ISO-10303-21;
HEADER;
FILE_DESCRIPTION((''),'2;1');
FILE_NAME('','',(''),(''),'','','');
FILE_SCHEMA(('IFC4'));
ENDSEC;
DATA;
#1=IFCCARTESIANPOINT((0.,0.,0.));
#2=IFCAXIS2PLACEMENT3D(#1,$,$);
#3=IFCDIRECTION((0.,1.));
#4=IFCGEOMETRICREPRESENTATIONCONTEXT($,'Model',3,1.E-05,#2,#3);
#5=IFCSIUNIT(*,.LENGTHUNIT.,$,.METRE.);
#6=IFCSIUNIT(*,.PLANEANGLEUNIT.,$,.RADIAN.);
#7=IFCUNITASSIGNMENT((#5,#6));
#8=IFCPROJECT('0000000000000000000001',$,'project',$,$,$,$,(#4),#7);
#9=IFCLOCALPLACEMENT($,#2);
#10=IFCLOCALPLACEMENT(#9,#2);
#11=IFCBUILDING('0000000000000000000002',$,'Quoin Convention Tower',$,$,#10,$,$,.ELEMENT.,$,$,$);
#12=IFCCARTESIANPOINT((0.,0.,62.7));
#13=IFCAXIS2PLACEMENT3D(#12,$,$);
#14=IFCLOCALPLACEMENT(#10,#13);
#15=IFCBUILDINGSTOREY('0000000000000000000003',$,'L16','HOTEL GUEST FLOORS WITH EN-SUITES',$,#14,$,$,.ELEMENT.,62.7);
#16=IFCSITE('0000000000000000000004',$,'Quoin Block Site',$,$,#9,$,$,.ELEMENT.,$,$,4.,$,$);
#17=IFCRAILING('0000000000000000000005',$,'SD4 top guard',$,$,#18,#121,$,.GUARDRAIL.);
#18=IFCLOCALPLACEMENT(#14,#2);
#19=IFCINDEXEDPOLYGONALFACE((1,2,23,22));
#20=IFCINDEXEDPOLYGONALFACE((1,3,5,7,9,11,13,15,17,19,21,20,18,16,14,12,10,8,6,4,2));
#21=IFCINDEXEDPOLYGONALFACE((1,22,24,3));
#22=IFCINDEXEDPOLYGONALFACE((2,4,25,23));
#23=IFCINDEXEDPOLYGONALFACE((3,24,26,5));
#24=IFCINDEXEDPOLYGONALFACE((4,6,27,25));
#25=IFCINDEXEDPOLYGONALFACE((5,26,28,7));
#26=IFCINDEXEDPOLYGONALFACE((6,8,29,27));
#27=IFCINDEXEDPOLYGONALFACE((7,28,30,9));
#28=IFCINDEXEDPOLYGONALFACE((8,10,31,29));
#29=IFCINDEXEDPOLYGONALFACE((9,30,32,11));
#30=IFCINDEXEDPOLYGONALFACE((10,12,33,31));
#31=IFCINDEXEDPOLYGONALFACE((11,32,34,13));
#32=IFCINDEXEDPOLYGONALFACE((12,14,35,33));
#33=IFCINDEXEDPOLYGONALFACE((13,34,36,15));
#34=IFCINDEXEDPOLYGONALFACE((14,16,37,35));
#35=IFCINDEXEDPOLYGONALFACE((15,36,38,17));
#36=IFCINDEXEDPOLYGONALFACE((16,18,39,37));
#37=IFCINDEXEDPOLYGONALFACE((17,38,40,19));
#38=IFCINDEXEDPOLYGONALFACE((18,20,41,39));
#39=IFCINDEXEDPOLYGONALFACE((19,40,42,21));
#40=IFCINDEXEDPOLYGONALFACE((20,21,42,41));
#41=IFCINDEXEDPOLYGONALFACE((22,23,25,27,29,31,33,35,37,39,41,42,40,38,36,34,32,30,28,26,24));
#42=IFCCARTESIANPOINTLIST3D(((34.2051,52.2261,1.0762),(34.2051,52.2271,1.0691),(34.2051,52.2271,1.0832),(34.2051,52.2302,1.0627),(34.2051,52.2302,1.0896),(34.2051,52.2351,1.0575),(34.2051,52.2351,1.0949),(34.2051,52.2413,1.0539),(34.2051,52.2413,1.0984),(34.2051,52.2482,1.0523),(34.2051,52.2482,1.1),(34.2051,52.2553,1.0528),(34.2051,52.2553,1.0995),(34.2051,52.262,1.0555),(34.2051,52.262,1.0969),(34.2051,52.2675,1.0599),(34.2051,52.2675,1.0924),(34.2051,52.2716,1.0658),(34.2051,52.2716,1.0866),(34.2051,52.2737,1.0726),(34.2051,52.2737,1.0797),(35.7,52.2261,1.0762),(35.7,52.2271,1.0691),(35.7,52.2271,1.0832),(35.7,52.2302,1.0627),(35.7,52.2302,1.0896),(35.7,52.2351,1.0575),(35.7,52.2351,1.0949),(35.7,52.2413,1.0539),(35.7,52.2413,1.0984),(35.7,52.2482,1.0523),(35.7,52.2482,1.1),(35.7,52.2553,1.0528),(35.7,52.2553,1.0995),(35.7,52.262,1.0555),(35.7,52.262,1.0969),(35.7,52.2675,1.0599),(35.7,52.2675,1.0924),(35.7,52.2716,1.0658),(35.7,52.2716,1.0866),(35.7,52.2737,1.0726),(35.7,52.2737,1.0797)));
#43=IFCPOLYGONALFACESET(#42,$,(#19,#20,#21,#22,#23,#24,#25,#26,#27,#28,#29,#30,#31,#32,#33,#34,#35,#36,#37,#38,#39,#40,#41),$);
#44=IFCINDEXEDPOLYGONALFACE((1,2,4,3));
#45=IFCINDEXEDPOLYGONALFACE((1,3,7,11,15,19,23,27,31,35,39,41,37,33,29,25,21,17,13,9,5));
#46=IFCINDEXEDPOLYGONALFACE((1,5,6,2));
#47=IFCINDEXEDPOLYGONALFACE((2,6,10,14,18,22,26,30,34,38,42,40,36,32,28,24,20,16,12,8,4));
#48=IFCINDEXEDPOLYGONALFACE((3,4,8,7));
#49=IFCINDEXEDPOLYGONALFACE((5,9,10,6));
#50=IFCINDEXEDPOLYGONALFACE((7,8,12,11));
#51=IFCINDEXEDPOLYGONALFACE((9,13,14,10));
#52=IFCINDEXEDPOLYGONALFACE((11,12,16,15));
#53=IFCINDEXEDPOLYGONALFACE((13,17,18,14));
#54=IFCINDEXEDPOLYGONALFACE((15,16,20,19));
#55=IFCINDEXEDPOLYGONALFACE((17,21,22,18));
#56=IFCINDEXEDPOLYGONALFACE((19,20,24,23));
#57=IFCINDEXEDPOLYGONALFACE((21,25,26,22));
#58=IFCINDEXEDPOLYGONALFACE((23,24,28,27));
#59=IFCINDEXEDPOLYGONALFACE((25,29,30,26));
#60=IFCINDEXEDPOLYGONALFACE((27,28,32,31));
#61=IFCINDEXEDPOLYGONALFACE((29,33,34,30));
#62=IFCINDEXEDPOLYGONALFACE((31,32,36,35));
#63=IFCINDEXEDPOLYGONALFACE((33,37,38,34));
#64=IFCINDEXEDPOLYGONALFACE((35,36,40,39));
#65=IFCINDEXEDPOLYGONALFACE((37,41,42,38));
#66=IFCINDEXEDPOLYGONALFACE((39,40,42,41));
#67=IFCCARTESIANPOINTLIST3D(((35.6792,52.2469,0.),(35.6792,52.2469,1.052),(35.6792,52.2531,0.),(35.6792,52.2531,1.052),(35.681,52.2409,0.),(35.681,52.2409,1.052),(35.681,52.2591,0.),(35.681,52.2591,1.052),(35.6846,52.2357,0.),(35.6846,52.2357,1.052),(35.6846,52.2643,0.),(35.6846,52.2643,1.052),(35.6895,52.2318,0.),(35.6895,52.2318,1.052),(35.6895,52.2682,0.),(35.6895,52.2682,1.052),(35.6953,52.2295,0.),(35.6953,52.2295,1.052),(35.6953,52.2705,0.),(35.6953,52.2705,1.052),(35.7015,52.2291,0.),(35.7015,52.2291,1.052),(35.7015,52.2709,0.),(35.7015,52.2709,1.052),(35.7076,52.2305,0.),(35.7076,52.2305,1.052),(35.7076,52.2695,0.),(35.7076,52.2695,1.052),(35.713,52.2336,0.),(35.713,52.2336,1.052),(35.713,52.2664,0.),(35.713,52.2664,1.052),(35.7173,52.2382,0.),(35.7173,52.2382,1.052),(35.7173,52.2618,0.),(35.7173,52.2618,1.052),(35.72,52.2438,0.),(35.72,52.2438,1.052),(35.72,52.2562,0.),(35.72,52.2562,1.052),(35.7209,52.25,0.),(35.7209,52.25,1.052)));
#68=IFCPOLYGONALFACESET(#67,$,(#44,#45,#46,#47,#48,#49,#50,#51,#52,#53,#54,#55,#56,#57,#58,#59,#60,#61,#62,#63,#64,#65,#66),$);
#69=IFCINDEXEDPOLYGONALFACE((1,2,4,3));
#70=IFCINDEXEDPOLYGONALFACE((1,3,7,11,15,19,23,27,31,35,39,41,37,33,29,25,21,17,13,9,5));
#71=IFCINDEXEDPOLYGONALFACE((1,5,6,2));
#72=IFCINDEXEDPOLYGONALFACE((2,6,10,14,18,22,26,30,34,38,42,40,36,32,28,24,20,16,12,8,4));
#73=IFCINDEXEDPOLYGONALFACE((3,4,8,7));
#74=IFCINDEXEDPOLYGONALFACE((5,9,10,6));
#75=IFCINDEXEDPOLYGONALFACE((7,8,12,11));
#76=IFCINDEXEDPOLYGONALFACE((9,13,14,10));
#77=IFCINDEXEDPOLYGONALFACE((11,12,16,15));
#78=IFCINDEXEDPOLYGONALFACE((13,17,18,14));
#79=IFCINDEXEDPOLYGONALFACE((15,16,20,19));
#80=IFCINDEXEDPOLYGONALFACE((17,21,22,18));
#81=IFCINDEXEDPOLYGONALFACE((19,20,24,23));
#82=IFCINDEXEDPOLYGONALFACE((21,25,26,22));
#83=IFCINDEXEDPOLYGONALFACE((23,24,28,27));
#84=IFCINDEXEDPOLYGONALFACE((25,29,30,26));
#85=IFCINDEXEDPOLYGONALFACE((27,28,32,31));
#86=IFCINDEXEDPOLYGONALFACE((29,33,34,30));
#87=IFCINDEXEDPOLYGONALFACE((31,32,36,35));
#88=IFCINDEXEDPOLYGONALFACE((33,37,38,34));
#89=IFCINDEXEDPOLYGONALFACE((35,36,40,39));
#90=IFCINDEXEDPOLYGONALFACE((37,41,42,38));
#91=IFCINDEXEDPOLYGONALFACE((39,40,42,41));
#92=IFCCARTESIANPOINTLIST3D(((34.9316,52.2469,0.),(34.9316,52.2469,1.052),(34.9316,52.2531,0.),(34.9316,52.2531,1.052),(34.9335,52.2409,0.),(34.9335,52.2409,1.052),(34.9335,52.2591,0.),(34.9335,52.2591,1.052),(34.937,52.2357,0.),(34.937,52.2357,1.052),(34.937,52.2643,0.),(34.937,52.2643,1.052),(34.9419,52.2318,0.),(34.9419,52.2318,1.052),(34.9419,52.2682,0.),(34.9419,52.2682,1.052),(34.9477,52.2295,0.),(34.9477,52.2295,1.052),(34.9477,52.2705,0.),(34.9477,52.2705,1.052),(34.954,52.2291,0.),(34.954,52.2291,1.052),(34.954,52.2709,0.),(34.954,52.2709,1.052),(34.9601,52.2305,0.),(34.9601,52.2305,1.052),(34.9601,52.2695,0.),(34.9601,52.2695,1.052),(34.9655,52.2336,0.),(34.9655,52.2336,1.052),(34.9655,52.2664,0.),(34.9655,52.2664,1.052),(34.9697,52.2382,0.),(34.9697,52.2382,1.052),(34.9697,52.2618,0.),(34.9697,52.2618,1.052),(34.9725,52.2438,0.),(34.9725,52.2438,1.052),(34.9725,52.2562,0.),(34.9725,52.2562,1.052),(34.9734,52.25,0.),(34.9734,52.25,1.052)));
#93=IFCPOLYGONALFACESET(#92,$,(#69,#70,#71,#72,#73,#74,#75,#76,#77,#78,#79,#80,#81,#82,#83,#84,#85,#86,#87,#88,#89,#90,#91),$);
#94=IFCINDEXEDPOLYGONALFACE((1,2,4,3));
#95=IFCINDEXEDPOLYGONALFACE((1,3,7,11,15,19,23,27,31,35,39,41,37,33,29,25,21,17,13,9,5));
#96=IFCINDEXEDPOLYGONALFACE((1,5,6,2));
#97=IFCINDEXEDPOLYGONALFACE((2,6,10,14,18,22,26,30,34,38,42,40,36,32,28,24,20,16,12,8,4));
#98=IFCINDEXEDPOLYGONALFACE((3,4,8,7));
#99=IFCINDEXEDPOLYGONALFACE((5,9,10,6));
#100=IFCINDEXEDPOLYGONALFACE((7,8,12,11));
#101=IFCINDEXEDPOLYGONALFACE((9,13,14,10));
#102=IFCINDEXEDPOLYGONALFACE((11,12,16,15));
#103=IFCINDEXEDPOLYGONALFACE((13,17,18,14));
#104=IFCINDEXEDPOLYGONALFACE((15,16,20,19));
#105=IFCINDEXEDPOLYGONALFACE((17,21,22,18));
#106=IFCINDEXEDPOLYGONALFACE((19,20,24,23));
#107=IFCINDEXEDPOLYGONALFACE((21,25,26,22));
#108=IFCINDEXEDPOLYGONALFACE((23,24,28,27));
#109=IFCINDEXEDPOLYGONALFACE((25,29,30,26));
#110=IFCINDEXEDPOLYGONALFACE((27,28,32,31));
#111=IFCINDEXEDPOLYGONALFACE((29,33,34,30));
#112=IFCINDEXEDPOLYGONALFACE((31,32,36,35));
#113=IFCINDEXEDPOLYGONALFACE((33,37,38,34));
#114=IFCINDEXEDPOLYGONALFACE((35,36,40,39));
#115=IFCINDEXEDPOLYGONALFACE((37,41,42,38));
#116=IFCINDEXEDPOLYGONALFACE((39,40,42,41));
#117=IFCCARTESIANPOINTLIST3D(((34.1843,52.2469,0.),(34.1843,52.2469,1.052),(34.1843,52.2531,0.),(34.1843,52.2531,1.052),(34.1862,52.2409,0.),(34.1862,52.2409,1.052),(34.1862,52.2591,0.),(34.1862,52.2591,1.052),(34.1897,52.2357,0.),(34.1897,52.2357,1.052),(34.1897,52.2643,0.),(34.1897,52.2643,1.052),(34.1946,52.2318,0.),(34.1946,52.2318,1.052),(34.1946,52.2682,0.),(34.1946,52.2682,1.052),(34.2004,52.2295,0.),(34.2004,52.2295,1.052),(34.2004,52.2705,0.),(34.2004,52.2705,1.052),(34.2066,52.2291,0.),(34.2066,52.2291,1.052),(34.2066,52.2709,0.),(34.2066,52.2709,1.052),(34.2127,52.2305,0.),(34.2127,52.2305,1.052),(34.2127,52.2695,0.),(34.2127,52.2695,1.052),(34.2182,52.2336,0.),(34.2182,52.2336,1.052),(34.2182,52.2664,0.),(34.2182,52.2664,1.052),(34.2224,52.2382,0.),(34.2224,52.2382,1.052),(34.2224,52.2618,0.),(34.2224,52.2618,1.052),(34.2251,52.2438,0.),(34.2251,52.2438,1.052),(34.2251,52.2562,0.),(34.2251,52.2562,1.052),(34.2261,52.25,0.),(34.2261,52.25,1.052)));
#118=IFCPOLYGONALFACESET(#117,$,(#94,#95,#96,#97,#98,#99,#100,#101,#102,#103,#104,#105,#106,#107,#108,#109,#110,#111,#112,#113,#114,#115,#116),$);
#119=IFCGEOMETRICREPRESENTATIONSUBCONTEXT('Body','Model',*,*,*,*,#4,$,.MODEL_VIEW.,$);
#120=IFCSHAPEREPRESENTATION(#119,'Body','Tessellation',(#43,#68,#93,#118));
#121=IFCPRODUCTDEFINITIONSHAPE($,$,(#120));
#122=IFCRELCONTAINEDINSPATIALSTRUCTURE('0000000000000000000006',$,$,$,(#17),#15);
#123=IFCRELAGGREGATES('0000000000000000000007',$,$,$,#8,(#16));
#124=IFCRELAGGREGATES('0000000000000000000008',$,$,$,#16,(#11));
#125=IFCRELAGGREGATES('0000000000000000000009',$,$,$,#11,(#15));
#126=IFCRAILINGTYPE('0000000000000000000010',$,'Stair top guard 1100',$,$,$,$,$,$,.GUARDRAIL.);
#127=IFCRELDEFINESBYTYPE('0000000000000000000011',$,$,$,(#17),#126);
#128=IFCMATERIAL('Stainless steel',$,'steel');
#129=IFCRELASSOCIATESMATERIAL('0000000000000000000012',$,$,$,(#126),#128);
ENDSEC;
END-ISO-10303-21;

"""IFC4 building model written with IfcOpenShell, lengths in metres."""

from ifc_helpers import new_model, si_unit, direction, frame, origin, origin_2d, place, context, subcontext, project, spatial, circle, extrude, material, type_object, element, save


model = new_model("IFC4")

# Units and contexts
model_context = context("Model", 3, precision=1e-05, world=origin(), true_north=direction((0.0, 1.0)))
body_context = subcontext(model_context, "Body", "Model", "MODEL_VIEW")
ifc_project = project(units=[si_unit("LENGTHUNIT", "METRE"), si_unit("PLANEANGLEUNIT", "RADIAN")], contexts=[model_context])

# Site, building, storey
site_placement = place(None, origin())
site = spatial("IfcSite", under=ifc_project, at=site_placement, Name="Quoin Block Site", CompositionType="ELEMENT", RefElevation=4.0)
building_placement = place(site_placement, origin())
building = spatial("IfcBuilding", under=site, at=building_placement, Name="Quoin Convention Tower", CompositionType="ELEMENT")
storey_placement = place(building_placement, frame((0.0, 0.0, 62.7)))
storey = spatial("IfcBuildingStorey", under=building, at=storey_placement, Name="L16", Description="HOTEL GUEST FLOORS WITH EN-SUITES", CompositionType="ELEMENT", Elevation=62.7)

# Railing
ifc_material_1 = material(Name="Stainless steel", Category="steel")
railing_type_1 = type_object("IfcRailingType", Name="Stair top guard 1100", PredefinedType="GUARDRAIL", material=ifc_material_1)
railing_1_placement = place(storey_placement, frame((35.7, 52.25, 0.0)))
element("IfcRailing", 1, at=railing_1_placement, inside=storey, type_object=railing_type_1, Name="SD4 top guard", PredefinedType="GUARDRAIL", context=body_context, shape_type="SweptSolid", body=[
    extrude(circle(Radius=0.0239, at=origin_2d()), frame((0.0, 0.0, 1.0762), z_axis=(-1.0, 0.0, 0.0), x_axis=(0.0, -1.0, 0.0)), (0.0, 0.0, 1.0), 1.4949),
    extrude(circle(Radius=0.021, at=origin_2d()), origin(), (0.0, 0.0, 1.0), 1.052),
    extrude(circle(Radius=0.021, at=origin_2d()), frame((-0.7476, 0.0, 0.0)), (0.0, 0.0, 1.0), 1.052),
    extrude(circle(Radius=0.021, at=origin_2d()), frame((-1.4949, 0.0, 0.0)), (0.0, 0.0, 1.0), 1.052),
])

save(model, "model.ifc")
